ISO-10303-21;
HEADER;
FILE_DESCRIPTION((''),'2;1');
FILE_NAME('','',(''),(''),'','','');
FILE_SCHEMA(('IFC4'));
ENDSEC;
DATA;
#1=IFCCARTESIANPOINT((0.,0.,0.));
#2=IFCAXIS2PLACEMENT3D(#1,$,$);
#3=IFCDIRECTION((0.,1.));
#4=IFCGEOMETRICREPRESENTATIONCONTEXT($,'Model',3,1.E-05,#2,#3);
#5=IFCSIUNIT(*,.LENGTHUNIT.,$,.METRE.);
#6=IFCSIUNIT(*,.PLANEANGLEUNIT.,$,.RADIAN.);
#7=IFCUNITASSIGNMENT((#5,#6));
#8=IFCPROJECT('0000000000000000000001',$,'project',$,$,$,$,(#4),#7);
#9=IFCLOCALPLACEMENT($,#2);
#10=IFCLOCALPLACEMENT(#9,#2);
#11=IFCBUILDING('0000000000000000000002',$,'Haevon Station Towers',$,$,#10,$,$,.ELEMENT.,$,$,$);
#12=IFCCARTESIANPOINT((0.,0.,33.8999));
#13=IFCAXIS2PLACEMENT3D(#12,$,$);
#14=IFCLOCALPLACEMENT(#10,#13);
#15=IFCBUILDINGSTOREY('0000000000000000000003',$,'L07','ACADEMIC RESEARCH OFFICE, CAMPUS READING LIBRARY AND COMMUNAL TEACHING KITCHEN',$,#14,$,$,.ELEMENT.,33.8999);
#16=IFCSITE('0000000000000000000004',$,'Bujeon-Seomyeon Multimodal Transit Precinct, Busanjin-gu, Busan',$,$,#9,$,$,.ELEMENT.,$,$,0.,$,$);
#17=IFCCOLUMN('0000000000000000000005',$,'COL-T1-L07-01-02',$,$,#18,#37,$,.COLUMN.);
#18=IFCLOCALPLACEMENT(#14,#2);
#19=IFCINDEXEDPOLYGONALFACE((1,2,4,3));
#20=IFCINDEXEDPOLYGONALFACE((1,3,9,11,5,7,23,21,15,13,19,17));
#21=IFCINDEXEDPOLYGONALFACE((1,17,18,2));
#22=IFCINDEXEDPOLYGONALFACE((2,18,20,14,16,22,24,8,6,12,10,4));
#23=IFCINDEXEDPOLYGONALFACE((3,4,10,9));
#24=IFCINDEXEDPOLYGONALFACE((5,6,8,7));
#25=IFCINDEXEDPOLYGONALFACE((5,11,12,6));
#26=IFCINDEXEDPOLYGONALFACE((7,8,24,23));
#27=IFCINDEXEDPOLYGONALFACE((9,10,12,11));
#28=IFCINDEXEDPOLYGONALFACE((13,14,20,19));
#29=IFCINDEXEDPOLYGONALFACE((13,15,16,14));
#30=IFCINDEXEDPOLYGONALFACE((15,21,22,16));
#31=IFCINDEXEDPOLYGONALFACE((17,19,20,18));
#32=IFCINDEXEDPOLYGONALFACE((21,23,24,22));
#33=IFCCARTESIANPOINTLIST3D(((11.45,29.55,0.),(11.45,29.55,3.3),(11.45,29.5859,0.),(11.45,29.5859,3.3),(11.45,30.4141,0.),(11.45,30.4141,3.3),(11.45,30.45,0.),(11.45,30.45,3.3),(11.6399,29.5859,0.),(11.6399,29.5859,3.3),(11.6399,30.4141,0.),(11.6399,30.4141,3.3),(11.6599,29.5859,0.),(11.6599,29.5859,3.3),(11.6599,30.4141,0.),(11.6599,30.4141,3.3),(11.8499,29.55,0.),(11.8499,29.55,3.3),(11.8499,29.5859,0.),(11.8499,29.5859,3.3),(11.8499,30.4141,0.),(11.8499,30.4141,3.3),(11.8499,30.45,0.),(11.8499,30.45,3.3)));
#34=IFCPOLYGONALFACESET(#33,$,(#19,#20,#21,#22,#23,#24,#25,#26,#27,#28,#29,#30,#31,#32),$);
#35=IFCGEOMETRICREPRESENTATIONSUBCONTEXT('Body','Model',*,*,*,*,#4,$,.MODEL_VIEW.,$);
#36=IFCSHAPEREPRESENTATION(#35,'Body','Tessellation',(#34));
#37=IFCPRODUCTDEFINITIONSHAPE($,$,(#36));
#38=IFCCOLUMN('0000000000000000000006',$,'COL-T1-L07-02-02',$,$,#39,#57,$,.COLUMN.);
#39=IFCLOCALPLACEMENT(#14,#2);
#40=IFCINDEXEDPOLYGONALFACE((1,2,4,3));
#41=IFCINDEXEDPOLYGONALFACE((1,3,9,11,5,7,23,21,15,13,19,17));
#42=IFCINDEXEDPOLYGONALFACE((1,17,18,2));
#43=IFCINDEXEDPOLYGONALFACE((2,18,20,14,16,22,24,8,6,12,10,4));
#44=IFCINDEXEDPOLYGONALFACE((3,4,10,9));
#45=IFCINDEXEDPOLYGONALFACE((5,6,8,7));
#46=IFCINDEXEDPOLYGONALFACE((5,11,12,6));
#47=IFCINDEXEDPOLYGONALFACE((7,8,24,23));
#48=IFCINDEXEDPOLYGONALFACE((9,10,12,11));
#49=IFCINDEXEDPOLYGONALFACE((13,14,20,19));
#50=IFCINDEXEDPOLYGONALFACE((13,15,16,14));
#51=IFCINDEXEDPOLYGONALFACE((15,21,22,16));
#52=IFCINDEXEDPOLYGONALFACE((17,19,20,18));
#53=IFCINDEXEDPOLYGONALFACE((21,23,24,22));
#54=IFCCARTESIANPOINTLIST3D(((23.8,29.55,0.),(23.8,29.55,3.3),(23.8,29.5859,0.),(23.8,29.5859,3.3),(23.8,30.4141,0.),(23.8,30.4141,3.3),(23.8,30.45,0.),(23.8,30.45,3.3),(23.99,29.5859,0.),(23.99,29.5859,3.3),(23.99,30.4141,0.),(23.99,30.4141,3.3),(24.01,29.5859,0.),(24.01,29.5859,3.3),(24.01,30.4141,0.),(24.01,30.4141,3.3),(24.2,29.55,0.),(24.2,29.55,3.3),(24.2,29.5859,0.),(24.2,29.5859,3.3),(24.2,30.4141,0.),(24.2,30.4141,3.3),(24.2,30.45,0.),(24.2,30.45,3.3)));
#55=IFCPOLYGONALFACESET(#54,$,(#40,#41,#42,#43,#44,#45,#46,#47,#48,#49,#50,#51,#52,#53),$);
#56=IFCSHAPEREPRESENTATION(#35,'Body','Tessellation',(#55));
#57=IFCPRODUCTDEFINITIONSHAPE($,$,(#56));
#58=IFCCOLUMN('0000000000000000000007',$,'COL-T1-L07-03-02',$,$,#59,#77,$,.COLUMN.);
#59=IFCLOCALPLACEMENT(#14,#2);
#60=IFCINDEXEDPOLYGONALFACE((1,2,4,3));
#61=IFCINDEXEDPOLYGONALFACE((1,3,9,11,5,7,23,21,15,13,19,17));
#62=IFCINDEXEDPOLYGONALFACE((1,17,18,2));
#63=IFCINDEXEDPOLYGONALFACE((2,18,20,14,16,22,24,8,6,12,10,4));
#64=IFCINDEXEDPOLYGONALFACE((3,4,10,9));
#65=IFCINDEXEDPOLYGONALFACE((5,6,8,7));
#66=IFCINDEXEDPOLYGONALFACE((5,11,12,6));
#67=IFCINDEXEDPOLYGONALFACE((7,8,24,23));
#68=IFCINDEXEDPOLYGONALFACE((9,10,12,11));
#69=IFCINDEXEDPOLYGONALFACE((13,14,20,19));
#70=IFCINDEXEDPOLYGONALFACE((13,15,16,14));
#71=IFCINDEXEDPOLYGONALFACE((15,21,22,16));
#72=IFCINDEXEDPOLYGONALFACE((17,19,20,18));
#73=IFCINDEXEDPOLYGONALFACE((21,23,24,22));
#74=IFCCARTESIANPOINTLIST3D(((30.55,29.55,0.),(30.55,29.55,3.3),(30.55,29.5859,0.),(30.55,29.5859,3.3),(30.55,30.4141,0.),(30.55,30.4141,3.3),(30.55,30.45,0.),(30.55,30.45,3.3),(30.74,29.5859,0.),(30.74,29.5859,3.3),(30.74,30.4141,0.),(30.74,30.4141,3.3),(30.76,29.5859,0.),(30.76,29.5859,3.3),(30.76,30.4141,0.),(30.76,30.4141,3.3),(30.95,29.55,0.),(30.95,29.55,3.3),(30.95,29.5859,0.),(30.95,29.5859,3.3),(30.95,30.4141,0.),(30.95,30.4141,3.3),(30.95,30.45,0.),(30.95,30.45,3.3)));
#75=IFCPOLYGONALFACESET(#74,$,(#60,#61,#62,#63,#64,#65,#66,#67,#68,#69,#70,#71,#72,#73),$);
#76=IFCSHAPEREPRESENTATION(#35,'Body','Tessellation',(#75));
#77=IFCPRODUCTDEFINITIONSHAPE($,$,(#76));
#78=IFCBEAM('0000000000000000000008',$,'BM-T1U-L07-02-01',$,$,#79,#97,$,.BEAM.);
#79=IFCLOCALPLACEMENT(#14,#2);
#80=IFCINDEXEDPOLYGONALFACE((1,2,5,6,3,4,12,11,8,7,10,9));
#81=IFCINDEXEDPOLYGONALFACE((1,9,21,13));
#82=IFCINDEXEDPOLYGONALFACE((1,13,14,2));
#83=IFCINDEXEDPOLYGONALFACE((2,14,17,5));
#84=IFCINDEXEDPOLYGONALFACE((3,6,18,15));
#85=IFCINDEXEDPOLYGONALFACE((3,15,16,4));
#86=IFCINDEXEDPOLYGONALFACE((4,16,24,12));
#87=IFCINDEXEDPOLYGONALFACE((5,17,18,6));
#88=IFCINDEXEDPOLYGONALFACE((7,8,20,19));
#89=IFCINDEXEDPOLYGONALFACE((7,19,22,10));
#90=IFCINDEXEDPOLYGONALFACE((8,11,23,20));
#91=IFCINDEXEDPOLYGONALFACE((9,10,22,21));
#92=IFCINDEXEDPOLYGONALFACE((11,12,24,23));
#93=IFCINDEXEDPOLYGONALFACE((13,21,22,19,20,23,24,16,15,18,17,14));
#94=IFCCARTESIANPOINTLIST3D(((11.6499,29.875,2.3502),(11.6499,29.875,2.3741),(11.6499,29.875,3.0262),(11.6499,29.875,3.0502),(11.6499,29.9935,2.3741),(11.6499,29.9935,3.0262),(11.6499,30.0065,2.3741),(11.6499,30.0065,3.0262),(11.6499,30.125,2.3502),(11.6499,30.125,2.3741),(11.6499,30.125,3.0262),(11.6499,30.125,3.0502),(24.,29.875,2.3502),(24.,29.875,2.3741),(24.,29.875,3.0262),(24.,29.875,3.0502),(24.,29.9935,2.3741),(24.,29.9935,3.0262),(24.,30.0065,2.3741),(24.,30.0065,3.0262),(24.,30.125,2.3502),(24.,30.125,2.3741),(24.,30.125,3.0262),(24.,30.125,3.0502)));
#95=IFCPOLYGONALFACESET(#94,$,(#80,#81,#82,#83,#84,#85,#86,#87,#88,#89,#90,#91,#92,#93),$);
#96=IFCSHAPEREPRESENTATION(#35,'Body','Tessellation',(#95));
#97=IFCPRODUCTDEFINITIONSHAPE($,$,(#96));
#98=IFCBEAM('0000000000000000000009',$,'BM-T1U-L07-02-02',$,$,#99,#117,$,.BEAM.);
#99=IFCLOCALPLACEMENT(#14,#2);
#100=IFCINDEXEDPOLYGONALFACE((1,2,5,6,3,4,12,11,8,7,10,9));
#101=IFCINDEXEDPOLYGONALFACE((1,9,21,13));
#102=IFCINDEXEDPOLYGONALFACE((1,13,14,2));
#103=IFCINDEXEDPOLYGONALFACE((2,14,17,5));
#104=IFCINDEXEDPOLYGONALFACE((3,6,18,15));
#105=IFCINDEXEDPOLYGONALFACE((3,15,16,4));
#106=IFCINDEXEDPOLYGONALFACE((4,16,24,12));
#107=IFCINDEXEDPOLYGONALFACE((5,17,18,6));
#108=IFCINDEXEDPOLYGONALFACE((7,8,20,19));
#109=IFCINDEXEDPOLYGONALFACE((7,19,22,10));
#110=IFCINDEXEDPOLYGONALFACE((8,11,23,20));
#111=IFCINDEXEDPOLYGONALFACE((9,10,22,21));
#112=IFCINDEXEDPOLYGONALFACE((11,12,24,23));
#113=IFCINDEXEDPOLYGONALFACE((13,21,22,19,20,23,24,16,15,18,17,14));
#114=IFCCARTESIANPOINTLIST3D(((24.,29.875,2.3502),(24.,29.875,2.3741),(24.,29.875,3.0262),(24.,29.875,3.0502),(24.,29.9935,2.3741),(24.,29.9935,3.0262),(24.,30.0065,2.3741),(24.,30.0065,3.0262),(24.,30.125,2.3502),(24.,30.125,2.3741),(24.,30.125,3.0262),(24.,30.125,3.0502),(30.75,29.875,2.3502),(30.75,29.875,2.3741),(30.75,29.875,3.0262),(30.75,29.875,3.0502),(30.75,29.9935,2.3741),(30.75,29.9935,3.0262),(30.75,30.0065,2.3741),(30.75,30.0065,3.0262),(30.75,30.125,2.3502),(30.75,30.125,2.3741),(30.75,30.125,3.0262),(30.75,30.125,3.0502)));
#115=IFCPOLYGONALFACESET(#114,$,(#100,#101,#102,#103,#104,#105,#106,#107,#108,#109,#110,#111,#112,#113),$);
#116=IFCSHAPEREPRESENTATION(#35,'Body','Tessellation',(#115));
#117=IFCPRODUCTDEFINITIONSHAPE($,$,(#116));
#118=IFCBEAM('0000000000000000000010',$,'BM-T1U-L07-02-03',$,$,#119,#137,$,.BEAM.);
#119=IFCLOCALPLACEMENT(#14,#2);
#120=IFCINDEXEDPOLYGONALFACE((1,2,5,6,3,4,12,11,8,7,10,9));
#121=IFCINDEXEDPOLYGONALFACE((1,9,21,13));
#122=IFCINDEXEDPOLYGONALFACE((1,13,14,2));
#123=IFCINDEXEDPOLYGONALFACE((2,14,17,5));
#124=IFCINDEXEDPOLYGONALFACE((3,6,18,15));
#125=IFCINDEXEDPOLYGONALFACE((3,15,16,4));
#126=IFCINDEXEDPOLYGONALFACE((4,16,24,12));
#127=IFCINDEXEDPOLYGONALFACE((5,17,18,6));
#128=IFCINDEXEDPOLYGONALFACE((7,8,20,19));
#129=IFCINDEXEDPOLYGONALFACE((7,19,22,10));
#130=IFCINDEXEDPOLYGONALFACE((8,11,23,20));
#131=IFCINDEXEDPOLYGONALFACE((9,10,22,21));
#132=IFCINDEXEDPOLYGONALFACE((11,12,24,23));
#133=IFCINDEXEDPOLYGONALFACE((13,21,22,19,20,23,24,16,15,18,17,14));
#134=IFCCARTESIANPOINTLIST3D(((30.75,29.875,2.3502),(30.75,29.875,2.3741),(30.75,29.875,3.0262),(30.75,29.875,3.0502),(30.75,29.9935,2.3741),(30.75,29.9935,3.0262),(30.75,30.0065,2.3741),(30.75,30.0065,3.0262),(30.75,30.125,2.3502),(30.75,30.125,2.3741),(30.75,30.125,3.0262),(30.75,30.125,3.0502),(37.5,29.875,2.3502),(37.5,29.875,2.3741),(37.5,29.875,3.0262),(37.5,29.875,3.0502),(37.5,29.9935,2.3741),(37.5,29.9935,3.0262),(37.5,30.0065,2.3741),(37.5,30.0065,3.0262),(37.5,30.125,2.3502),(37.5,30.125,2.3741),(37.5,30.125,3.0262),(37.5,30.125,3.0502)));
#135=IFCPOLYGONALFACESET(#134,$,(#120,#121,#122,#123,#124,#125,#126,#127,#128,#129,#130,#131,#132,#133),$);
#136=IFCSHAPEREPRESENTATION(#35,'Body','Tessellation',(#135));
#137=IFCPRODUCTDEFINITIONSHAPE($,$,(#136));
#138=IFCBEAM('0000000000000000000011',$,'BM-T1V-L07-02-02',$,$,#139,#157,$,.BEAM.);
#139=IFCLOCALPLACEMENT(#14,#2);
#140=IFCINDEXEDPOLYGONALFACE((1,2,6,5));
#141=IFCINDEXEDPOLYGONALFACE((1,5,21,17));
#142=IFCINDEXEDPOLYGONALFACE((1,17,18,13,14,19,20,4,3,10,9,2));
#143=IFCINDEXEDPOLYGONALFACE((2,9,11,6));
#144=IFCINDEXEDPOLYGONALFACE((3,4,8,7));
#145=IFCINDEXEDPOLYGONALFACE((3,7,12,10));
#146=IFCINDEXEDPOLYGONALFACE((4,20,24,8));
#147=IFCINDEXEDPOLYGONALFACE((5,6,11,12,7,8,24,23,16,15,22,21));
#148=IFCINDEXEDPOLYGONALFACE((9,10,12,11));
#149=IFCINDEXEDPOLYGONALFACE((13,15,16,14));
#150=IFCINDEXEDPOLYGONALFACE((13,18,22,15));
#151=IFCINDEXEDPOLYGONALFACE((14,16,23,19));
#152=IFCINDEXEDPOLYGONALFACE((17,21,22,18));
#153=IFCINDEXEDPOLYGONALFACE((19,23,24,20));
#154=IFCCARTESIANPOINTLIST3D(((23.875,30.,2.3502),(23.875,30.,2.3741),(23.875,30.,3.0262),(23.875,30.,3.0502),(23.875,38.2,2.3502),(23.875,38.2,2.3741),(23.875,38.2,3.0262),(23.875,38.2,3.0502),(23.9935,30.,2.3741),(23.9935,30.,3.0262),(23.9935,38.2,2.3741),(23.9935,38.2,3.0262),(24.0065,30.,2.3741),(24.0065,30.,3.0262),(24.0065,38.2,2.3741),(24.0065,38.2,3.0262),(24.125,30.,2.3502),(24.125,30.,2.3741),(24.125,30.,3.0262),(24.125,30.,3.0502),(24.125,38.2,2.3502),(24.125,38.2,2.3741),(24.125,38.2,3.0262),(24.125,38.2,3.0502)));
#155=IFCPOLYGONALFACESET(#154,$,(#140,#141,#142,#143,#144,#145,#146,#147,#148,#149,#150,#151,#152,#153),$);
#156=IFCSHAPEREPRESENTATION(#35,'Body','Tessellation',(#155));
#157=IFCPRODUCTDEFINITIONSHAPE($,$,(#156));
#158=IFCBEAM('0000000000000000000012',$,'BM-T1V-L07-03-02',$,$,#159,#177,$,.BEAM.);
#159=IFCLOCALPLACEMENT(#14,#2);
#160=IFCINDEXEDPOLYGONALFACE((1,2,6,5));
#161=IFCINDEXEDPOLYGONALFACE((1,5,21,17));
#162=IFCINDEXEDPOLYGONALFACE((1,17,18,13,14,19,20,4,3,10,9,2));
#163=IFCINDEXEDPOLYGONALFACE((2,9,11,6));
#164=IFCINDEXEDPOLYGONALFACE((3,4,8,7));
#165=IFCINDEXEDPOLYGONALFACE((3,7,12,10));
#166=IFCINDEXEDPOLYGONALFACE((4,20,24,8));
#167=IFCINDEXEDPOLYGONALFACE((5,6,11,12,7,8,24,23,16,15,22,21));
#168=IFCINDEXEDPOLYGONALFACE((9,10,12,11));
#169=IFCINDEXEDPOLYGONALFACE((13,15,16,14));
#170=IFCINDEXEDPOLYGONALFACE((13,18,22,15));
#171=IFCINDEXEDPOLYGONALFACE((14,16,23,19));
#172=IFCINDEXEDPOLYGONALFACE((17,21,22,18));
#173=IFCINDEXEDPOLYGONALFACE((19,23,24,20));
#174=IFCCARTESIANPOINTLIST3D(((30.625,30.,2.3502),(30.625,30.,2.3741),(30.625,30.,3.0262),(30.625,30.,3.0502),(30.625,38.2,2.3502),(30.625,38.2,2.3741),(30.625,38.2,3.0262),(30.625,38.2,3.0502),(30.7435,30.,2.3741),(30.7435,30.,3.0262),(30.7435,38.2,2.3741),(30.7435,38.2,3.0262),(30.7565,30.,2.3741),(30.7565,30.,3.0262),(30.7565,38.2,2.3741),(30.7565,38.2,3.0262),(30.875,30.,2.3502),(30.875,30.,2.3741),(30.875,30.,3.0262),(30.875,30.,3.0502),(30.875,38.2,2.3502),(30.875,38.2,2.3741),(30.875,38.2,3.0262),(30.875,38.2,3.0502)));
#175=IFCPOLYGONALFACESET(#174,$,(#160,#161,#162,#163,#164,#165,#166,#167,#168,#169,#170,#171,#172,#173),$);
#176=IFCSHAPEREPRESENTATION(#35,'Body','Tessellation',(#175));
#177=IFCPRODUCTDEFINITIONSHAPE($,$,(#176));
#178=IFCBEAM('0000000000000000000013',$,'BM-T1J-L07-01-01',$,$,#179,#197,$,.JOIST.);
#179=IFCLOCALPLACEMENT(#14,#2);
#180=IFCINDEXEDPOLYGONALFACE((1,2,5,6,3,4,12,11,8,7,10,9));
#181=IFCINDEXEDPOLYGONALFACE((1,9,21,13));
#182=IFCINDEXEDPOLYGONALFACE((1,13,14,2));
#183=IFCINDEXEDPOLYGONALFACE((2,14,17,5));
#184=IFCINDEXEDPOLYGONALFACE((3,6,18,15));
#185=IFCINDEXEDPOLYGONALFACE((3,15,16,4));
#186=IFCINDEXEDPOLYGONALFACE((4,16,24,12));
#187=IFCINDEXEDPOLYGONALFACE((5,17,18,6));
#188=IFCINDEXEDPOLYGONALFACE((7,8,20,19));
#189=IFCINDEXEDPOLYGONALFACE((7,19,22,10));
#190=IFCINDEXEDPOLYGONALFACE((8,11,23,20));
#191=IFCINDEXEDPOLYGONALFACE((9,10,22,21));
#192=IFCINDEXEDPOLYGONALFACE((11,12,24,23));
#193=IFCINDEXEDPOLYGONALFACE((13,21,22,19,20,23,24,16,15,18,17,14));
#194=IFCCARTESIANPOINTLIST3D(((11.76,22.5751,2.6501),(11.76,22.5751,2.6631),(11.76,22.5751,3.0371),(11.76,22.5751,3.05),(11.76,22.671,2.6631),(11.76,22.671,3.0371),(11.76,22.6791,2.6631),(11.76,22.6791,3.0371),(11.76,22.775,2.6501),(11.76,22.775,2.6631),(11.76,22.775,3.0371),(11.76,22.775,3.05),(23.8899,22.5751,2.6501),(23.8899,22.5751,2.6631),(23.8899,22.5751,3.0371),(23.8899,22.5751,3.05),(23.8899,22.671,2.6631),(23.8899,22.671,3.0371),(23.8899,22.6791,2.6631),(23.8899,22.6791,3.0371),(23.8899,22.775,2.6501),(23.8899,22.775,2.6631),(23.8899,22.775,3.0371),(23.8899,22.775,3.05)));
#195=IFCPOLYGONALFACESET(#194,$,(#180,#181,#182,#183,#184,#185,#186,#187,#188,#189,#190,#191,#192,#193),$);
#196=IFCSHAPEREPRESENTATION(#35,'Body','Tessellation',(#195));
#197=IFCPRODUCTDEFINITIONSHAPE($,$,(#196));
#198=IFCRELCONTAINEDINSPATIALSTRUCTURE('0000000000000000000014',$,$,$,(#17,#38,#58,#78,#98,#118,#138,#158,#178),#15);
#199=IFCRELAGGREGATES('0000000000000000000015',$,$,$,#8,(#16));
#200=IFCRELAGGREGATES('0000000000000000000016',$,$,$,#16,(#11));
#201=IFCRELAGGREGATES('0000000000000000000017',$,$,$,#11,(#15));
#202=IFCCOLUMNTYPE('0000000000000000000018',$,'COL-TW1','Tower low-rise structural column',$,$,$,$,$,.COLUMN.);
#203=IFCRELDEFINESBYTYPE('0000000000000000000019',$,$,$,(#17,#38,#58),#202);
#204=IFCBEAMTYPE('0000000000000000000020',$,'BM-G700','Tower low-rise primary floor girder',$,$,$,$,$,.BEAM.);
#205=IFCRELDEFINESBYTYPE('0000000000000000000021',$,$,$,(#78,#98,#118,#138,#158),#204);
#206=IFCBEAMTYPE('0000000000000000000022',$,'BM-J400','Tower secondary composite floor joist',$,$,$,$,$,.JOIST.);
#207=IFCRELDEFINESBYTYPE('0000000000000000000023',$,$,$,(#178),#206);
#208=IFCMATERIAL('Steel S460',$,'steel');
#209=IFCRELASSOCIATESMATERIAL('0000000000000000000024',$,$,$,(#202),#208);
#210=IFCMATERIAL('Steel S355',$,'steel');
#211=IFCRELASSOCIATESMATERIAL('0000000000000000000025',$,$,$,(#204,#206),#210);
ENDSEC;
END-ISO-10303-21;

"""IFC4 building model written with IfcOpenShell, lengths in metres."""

from ifc_helpers import new_model, si_unit, direction, frame, origin, origin_2d, place, context, subcontext, project, spatial, i_section, extrude, material, material_profile, profile_set, type_object, element, save


model = new_model("IFC4")

# Units and contexts
model_context = context("Model", 3, precision=1e-05, world=origin(), true_north=direction((0.0, 1.0)))
body_context = subcontext(model_context, "Body", "Model", "MODEL_VIEW")
ifc_project = project(units=[si_unit("LENGTHUNIT", "METRE"), si_unit("PLANEANGLEUNIT", "RADIAN")], contexts=[model_context])

# Site, building, storey
site_placement = place(None, origin())
site = spatial("IfcSite", under=ifc_project, at=site_placement, Name="Bujeon-Seomyeon Multimodal Transit Precinct, Busanjin-gu, Busan", CompositionType="ELEMENT", RefElevation=0.0)
building_placement = place(site_placement, origin())
building = spatial("IfcBuilding", under=site, at=building_placement, Name="Haevon Station Towers", CompositionType="ELEMENT")
storey_placement = place(building_placement, frame((0.0, 0.0, 33.8999)))
storey = spatial("IfcBuildingStorey", under=building, at=storey_placement, Name="L07", Description="ACADEMIC RESEARCH OFFICE, CAMPUS READING LIBRARY AND COMMUNAL TEACHING KITCHEN", CompositionType="ELEMENT", Elevation=33.8999)

# Columns
ifc_material_1 = material(Name="Steel S460", Category="steel")
ifc_material_profile_1 = material_profile(ifc_material_1, i_section(OverallWidth=0.3999, OverallDepth=0.8999, WebThickness=0.02, FlangeThickness=0.0359, at=origin_2d()), Name="H-900x400x20x36")
ifc_profile_set_1 = profile_set([ifc_material_profile_1], Name="Steel S460")
column_type = type_object("IfcColumnType", Name="COL-TW1", Description="Tower low-rise structural column", PredefinedType="COLUMN", material=ifc_profile_set_1)
for number, where, z_axis, x_axis, name in (
    (1, (11.6499, 30.0, 0.0), (0.0, 0.0, 1.0), (1.0, 0.0, 0.0), "COL-T1-L07-01-02"),
    (2, (24.0, 30.0, 0.0), (0.0, 0.0, 1.0), (1.0, 0.0, 0.0), "COL-T1-L07-02-02"),
    (3, (30.75, 30.0, 0.0), (0.0, 0.0, 1.0), (1.0, 0.0, 0.0), "COL-T1-L07-03-02"),
):
    element("IfcColumn", number, at=place(storey_placement, frame(where, z_axis=z_axis, x_axis=x_axis)), inside=storey, type_object=column_type, Name=name, PredefinedType="COLUMN", context=body_context, shape_type="SweptSolid", body=[
        extrude(i_section(OverallWidth=0.3999, OverallDepth=0.8999, WebThickness=0.02, FlangeThickness=0.0359, at=origin_2d()), origin(), (0.0, 0.0, 1.0), 3.3),
    ])

# Beams
ifc_material_2 = material(Name="Steel S355", Category="steel")
ifc_material_profile_2 = material_profile(ifc_material_2, i_section(OverallWidth=0.25, OverallDepth=0.7, WebThickness=0.0129, FlangeThickness=0.0239, at=origin_2d()), Name="H-700x250x13x24")
ifc_profile_set_2 = profile_set([ifc_material_profile_2], Name="Steel S355")
beam_type_1 = type_object("IfcBeamType", Name="BM-G700", Description="Tower low-rise primary floor girder", PredefinedType="BEAM", material=ifc_profile_set_2)
beam_1_placement = place(storey_placement, frame((11.6499, 30.0, 2.7002), z_axis=(1.0, 0.0, 0.0), x_axis=(0.0, 1.0, 0.0)))
element("IfcBeam", 4, at=beam_1_placement, inside=storey, type_object=beam_type_1, Name="BM-T1U-L07-02-01", PredefinedType="BEAM", context=body_context, shape_type="SweptSolid", body=[
    extrude(i_section(OverallWidth=0.25, OverallDepth=0.7, WebThickness=0.0129, FlangeThickness=0.0239, at=origin_2d()), origin(), (0.0, 0.0, 1.0), 12.3501),
])
for number, where, z_axis, x_axis, name in (
    (5, (24.0, 30.0, 2.7002), (1.0, 0.0, 0.0), (0.0, 1.0, 0.0), "BM-T1U-L07-02-02"),
    (6, (30.75, 30.0, 2.7002), (1.0, 0.0, 0.0), (0.0, 1.0, 0.0), "BM-T1U-L07-02-03"),
):
    element("IfcBeam", number, at=place(storey_placement, frame(where, z_axis=z_axis, x_axis=x_axis)), inside=storey, type_object=beam_type_1, Name=name, PredefinedType="BEAM", context=body_context, shape_type="SweptSolid", body=[
        extrude(i_section(OverallWidth=0.25, OverallDepth=0.7, WebThickness=0.0129, FlangeThickness=0.0239, at=origin_2d()), origin(), (0.0, 0.0, 1.0), 6.75),
    ])
for number, where, z_axis, x_axis, name in (
    (7, (24.0, 30.0, 2.7002), (0.0, 1.0, 0.0), (-1.0, 0.0, 0.0), "BM-T1V-L07-02-02"),
    (8, (30.75, 30.0, 2.7002), (0.0, 1.0, 0.0), (-1.0, 0.0, 0.0), "BM-T1V-L07-03-02"),
):
    element("IfcBeam", number, at=place(storey_placement, frame(where, z_axis=z_axis, x_axis=x_axis)), inside=storey, type_object=beam_type_1, Name=name, PredefinedType="BEAM", context=body_context, shape_type="SweptSolid", body=[
        extrude(i_section(OverallWidth=0.25, OverallDepth=0.7, WebThickness=0.0129, FlangeThickness=0.0239, at=origin_2d()), origin(), (0.0, 0.0, 1.0), 8.2),
    ])
ifc_material_profile_3 = material_profile(ifc_material_2, i_section(OverallWidth=0.2, OverallDepth=0.3999, WebThickness=0.0081, FlangeThickness=0.0129, at=origin_2d()), Name="H-400x200x8x13")
ifc_profile_set_3 = profile_set([ifc_material_profile_3], Name="Steel S355")
beam_type_2 = type_object("IfcBeamType", Name="BM-J400", Description="Tower secondary composite floor joist", PredefinedType="JOIST", material=ifc_profile_set_3)
beam_2_placement = place(storey_placement, frame((11.76, 22.675, 2.8501), z_axis=(1.0, 0.0, 0.0), x_axis=(0.0, 1.0, 0.0)))
element("IfcBeam", 9, at=beam_2_placement, inside=storey, type_object=beam_type_2, Name="BM-T1J-L07-01-01", PredefinedType="JOIST", context=body_context, shape_type="SweptSolid", body=[
    extrude(i_section(OverallWidth=0.2, OverallDepth=0.3999, WebThickness=0.0081, FlangeThickness=0.0129, at=origin_2d()), origin(), (0.0, 0.0, 1.0), 12.1299),
])

save(model, "model.ifc")
